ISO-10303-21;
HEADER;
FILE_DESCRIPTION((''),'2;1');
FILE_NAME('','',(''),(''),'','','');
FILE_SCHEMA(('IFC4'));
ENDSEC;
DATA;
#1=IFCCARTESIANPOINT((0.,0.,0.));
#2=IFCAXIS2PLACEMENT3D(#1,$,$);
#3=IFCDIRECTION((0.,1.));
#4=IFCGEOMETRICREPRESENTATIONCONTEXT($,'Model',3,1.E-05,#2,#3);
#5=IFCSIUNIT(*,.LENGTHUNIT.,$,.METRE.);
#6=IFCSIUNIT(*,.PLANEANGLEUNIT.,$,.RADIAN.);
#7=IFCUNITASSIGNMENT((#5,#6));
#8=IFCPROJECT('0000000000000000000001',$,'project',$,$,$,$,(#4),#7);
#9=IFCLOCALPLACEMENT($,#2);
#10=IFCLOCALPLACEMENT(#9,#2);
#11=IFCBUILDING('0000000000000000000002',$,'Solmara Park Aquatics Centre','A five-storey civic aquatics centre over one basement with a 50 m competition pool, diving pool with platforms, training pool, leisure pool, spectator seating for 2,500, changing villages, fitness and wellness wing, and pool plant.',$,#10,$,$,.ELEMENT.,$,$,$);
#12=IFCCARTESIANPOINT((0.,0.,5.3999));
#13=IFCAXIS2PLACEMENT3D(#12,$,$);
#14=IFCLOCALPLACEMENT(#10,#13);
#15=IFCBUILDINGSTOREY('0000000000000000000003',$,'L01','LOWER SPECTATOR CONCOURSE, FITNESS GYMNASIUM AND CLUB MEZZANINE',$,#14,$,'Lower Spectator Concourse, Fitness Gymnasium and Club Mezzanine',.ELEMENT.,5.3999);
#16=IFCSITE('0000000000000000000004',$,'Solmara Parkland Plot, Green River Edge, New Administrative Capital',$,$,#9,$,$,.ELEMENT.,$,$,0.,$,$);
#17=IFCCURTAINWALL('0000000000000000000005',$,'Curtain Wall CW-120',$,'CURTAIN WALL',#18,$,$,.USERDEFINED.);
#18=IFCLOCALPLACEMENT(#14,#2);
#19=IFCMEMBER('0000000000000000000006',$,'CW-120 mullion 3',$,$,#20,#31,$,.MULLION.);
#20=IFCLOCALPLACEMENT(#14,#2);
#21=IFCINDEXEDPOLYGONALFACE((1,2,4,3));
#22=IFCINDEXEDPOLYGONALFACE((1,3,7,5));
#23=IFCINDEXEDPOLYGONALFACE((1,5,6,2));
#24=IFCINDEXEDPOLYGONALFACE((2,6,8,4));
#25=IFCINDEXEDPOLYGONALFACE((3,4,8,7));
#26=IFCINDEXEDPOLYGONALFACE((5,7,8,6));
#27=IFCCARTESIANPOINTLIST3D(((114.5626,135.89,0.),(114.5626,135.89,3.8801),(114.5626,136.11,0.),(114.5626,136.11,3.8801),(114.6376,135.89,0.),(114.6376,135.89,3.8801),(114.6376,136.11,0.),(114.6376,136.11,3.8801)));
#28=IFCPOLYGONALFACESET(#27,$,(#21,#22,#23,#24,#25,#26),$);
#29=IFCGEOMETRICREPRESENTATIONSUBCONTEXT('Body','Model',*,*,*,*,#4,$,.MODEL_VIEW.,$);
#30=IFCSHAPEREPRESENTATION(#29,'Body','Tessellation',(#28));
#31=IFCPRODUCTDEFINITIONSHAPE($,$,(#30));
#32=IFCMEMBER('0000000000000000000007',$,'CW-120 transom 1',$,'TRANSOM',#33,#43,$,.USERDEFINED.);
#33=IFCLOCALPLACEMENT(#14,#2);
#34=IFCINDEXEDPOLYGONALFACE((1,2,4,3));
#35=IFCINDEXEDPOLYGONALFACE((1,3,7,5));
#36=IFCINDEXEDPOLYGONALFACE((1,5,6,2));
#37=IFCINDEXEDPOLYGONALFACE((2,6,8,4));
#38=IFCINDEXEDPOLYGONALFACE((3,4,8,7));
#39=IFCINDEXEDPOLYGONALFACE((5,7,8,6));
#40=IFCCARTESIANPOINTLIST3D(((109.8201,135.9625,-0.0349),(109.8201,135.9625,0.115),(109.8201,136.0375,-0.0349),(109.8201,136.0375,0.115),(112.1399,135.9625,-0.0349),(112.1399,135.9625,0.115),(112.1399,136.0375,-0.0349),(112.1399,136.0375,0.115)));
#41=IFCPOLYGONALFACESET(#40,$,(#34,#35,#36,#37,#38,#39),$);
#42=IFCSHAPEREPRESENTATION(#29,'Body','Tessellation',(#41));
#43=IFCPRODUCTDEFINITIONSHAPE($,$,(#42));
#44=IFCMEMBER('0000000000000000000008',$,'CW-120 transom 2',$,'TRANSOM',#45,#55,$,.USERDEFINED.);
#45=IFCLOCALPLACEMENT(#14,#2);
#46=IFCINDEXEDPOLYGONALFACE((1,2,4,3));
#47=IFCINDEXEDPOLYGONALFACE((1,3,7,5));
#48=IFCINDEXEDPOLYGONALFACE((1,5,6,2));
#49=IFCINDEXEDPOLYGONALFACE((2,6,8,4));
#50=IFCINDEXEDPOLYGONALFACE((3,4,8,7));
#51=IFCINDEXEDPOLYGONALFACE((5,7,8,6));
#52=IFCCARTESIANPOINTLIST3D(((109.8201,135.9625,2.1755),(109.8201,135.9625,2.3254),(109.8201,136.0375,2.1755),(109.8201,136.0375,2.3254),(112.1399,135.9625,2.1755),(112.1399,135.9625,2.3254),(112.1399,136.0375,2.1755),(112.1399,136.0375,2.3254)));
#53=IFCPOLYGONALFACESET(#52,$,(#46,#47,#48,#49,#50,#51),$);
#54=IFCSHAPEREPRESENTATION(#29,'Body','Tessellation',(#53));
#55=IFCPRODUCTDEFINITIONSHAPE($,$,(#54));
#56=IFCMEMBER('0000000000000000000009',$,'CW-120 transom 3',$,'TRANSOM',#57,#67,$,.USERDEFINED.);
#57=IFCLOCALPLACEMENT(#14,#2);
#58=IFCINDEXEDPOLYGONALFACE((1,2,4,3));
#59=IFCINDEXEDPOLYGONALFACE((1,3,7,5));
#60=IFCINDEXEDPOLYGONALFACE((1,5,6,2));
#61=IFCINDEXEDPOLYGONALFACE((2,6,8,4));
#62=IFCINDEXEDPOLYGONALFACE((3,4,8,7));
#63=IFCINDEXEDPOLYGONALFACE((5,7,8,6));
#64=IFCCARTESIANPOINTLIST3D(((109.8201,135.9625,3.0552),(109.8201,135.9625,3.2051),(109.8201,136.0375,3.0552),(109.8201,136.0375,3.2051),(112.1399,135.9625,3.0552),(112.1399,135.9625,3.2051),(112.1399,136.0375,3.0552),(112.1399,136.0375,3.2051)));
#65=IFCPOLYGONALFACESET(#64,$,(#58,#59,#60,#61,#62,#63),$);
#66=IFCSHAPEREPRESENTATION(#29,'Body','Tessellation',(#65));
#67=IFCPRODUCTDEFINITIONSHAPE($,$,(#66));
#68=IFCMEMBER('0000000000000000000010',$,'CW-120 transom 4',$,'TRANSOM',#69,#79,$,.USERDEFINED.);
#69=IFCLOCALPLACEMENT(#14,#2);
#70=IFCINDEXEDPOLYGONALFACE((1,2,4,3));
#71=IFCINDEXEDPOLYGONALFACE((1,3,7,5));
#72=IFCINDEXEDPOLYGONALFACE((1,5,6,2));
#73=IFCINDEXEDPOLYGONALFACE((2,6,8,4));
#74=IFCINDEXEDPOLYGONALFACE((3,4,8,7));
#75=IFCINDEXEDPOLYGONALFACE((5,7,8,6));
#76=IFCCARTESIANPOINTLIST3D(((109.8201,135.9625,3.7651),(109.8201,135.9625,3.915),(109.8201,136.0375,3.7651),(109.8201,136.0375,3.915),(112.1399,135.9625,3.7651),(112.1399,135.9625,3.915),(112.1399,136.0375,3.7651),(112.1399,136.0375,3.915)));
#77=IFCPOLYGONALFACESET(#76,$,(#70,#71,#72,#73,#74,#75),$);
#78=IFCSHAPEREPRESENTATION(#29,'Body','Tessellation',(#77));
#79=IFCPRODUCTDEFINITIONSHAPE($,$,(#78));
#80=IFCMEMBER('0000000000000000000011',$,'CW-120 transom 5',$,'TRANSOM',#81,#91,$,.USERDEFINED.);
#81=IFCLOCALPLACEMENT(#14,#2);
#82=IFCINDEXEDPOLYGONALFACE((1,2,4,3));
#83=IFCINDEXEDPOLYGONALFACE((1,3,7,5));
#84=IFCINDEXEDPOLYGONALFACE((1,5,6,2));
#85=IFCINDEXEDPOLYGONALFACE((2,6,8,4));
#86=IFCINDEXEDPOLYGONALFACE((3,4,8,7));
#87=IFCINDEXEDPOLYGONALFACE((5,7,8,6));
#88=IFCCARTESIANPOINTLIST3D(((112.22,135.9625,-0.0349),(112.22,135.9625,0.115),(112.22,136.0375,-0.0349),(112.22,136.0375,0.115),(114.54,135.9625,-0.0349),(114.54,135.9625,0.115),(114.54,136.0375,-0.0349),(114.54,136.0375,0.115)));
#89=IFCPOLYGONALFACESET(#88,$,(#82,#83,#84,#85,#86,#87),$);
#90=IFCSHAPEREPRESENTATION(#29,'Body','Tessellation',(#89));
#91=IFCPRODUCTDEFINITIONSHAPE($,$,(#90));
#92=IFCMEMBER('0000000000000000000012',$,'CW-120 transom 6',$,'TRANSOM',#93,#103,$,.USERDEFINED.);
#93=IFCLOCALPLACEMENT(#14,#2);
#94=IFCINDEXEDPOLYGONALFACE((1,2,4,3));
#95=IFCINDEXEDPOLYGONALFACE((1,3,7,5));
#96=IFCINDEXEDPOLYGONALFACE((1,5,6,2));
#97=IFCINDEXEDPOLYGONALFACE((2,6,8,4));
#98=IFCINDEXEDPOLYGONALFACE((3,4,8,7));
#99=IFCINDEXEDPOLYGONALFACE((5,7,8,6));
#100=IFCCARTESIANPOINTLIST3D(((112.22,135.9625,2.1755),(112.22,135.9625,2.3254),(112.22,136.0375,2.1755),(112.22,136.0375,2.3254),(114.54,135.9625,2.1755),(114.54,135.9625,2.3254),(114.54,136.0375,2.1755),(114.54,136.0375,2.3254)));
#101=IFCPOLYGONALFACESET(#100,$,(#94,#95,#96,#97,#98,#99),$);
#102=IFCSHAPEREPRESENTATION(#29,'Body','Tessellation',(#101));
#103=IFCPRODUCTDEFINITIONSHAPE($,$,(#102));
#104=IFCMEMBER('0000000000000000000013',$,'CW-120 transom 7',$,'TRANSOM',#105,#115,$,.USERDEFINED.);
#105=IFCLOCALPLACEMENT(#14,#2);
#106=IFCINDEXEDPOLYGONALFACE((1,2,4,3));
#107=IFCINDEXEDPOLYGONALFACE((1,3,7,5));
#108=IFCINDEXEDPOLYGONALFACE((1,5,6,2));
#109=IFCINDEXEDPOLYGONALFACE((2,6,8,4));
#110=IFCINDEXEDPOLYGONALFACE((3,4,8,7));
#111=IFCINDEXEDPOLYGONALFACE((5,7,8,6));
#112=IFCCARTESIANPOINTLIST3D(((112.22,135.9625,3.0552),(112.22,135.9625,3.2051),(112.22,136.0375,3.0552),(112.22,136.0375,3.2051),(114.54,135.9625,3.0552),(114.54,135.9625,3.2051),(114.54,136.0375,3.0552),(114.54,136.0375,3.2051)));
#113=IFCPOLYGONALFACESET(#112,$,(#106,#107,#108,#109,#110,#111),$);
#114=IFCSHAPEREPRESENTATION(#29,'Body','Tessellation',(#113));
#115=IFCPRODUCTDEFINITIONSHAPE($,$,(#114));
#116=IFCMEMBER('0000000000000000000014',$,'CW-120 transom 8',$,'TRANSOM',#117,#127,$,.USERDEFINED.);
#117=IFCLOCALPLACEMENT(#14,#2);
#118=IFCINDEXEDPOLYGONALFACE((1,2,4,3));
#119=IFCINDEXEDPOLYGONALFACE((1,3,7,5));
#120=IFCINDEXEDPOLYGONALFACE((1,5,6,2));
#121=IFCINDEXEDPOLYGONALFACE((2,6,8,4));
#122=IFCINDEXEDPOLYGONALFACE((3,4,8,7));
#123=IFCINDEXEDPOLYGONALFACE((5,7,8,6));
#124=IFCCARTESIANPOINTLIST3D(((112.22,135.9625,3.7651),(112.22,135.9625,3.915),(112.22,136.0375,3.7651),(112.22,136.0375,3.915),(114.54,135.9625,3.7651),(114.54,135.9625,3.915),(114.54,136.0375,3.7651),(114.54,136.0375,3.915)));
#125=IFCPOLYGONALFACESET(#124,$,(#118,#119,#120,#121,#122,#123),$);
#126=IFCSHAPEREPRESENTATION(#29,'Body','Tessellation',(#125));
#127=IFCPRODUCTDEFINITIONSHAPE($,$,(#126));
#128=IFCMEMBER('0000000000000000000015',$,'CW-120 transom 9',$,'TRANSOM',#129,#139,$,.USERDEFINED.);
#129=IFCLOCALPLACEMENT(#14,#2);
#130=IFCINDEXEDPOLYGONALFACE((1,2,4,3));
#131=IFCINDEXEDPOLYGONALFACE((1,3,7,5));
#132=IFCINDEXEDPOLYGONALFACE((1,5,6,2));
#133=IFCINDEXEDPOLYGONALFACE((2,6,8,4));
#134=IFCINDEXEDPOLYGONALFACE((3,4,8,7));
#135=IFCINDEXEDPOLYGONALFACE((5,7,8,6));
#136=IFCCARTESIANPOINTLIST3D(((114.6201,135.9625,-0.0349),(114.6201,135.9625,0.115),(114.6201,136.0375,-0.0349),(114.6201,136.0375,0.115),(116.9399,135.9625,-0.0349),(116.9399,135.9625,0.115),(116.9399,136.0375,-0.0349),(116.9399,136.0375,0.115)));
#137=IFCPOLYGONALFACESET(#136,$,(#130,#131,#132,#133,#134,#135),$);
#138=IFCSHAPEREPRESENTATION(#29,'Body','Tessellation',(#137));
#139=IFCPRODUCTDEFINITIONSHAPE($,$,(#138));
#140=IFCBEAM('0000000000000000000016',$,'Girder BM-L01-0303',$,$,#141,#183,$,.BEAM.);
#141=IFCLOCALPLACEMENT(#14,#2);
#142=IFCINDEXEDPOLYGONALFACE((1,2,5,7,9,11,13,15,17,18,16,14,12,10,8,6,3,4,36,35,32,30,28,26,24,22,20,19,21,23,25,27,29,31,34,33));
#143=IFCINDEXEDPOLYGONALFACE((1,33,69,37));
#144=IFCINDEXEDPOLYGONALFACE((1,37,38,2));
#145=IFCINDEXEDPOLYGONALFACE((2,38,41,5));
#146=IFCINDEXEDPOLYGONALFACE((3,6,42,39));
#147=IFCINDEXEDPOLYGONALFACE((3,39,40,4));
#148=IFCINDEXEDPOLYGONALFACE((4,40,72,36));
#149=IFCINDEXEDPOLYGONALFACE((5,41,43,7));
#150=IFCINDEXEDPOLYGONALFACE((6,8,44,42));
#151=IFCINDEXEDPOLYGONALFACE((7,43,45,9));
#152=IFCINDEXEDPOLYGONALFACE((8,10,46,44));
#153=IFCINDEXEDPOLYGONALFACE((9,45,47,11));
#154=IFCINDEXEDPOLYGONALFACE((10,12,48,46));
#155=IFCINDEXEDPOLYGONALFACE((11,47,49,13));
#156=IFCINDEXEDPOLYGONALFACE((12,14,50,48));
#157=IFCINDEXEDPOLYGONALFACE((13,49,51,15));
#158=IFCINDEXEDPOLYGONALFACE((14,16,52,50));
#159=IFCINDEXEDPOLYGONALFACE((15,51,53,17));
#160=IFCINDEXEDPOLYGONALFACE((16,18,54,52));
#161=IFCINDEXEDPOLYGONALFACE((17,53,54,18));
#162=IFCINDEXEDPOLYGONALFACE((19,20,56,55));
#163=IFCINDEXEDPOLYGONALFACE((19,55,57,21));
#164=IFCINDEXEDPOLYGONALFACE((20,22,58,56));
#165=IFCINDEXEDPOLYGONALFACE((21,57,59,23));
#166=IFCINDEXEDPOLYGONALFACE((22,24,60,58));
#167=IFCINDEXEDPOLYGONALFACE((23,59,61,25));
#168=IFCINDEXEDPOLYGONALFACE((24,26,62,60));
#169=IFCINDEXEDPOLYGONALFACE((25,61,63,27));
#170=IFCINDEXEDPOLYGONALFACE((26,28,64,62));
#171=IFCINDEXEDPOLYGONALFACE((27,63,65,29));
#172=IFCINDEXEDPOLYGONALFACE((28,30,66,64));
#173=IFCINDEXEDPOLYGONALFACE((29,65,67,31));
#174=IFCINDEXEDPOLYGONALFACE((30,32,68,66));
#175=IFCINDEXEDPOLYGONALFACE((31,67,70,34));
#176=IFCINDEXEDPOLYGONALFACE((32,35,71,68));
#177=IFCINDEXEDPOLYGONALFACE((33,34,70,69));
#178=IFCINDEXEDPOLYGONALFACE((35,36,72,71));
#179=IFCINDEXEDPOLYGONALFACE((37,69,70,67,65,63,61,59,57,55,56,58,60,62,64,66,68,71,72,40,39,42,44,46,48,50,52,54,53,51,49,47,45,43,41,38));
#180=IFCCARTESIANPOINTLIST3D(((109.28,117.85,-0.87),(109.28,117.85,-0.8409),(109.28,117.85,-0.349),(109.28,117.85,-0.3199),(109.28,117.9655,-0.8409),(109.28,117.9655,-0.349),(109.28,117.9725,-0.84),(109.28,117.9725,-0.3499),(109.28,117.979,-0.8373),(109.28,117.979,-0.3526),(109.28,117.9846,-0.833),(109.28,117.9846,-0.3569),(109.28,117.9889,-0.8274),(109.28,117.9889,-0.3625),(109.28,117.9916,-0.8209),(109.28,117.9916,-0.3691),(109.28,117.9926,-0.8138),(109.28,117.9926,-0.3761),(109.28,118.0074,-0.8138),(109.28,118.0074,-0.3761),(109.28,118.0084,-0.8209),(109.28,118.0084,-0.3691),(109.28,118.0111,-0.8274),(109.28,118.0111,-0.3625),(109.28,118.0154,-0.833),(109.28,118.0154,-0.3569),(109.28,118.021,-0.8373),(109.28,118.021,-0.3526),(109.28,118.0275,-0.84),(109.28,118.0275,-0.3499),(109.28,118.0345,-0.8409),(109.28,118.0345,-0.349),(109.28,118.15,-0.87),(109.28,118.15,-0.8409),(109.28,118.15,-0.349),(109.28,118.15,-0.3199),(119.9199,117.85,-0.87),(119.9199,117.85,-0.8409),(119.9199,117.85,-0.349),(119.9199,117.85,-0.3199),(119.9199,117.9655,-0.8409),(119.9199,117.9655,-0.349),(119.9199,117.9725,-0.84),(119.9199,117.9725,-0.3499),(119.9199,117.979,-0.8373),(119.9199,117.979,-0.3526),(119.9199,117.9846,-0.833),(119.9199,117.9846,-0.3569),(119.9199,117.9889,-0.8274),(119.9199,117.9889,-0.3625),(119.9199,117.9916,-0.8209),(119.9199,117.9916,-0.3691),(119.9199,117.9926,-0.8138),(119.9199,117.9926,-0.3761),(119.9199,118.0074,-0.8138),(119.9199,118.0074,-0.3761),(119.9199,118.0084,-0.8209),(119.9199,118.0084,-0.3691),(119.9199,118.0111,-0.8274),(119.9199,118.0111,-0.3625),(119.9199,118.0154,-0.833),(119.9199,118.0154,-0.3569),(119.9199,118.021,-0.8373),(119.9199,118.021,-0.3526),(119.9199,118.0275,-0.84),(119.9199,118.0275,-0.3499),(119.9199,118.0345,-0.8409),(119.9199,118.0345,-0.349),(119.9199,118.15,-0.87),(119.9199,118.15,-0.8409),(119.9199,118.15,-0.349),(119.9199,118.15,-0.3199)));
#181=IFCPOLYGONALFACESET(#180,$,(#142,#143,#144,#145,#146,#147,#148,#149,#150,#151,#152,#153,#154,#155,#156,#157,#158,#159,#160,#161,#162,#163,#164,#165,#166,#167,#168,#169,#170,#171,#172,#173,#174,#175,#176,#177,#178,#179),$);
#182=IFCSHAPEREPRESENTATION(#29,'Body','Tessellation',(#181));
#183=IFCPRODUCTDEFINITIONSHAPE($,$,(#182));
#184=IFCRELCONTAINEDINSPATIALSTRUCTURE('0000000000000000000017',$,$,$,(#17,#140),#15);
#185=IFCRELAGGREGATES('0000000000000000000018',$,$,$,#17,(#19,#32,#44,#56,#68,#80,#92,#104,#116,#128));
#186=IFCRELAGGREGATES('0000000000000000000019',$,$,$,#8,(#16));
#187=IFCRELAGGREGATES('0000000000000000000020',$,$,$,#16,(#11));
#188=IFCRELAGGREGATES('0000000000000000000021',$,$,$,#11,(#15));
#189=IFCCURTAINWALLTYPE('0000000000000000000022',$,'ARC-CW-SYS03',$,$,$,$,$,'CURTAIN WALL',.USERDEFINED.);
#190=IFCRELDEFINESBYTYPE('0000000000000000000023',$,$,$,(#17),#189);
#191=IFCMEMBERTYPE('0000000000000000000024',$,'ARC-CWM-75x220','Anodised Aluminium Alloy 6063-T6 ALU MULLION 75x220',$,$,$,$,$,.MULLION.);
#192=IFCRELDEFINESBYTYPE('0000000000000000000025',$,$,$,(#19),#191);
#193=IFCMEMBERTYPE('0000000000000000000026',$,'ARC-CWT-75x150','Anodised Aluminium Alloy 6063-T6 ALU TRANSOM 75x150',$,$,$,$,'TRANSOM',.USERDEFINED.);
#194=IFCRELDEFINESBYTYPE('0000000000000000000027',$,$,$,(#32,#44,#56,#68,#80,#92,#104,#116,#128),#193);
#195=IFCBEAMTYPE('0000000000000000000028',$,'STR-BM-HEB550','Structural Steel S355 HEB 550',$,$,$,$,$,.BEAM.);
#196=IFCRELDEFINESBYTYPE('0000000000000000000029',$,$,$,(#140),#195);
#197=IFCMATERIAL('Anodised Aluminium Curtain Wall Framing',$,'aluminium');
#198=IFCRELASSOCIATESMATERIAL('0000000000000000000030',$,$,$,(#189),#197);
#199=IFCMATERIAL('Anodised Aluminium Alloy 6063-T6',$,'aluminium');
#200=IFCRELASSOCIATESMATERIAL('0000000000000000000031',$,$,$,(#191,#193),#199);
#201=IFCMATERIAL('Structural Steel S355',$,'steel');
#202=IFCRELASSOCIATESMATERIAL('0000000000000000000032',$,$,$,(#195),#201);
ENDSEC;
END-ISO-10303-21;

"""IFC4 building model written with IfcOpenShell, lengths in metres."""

from ifc_helpers import new_model, si_unit, direction, frame, origin, origin_2d, place, context, subcontext, project, spatial, rectangle, i_section, extrude, material, material_profile, profile_set, type_object, element, aggregate, save


model = new_model("IFC4")

# Units and contexts
model_context = context("Model", 3, precision=1e-05, world=origin(), true_north=direction((0.0, 1.0)))
body_context = subcontext(model_context, "Body", "Model", "MODEL_VIEW")
ifc_project = project(units=[si_unit("LENGTHUNIT", "METRE"), si_unit("PLANEANGLEUNIT", "RADIAN")], contexts=[model_context])

# Site, building, storey
site_placement = place(None, origin())
site = spatial("IfcSite", under=ifc_project, at=site_placement, Name="Solmara Parkland Plot, Green River Edge, New Administrative Capital", CompositionType="ELEMENT", RefElevation=0.0)
building_placement = place(site_placement, origin())
building = spatial("IfcBuilding", under=site, at=building_placement, Name="Solmara Park Aquatics Centre", Description="A five-storey civic aquatics centre over one basement with a 50 m competition pool, diving pool with platforms, training pool, leisure pool, spectator seating for 2,500, changing villages, fitness and wellness wing, and pool plant.", CompositionType="ELEMENT")
storey_placement = place(building_placement, frame((0.0, 0.0, 5.3999)))
storey = spatial("IfcBuildingStorey", under=building, at=storey_placement, Name="L01", Description="LOWER SPECTATOR CONCOURSE, FITNESS GYMNASIUM AND CLUB MEZZANINE", LongName="Lower Spectator Concourse, Fitness Gymnasium and Club Mezzanine", CompositionType="ELEMENT", Elevation=5.3999)

# Shared definitions
ifc_material_1 = material(Name="Structural Steel S355", Category="steel")

# Curtain wall, members
ifc_material_2 = material(Name="Anodised Aluminium Curtain Wall Framing", Category="aluminium")
curtain_wall_type = type_object("IfcCurtainWallType", Name="ARC-CW-SYS03", ElementType="CURTAIN WALL", PredefinedType="USERDEFINED", material=ifc_material_2)
curtain_wall_placement = place(storey_placement, origin())
curtain_wall = element("IfcCurtainWall", 1, at=curtain_wall_placement, inside=storey, type_object=curtain_wall_type, Name="Curtain Wall CW-120", ObjectType="CURTAIN WALL", PredefinedType="USERDEFINED")
ifc_material_3 = material(Name="Anodised Aluminium Alloy 6063-T6", Category="aluminium")
ifc_material_profile_1 = material_profile(ifc_material_3, rectangle(XDim=0.075, YDim=0.22, at=origin_2d()), Name="ALU MULLION 75x220")
ifc_profile_set_1 = profile_set([ifc_material_profile_1], Name="Anodised Aluminium Alloy 6063-T6")
member_type_1 = type_object("IfcMemberType", Name="ARC-CWM-75x220", Description="Anodised Aluminium Alloy 6063-T6 ALU MULLION 75x220", PredefinedType="MULLION", material=ifc_profile_set_1)
member_1_placement = place(storey_placement, frame((114.6001, 136.0, 0.0), z_axis=(0.0, 0.0, 1.0), x_axis=(1.0, 0.0, 0.0)))
member_1 = element("IfcMember", 2, at=member_1_placement, type_object=member_type_1, Name="CW-120 mullion 3", PredefinedType="MULLION", context=body_context, shape_type="SweptSolid", body=[
    extrude(rectangle(XDim=0.075, YDim=0.22, at=origin_2d()), origin(), (0.0, 0.0, 1.0), 3.8801),
])
ifc_material_profile_2 = material_profile(ifc_material_3, rectangle(XDim=0.075, YDim=0.1499, at=origin_2d()), Name="ALU TRANSOM 75x150")
ifc_profile_set_2 = profile_set([ifc_material_profile_2], Name="Anodised Aluminium Alloy 6063-T6")
member_type_2 = type_object("IfcMemberType", Name="ARC-CWT-75x150", Description="Anodised Aluminium Alloy 6063-T6 ALU TRANSOM 75x150", ElementType="TRANSOM", PredefinedType="USERDEFINED", material=ifc_profile_set_2)
member_2_placement = place(storey_placement, frame((109.8201, 136.0, 0.04), z_axis=(1.0, 0.0, 0.0), x_axis=(0.0, 1.0, 0.0)))
member_2 = element("IfcMember", 3, at=member_2_placement, type_object=member_type_2, Name="CW-120 transom 1", ObjectType="TRANSOM", PredefinedType="USERDEFINED", context=body_context, shape_type="SweptSolid", body=[
    extrude(rectangle(XDim=0.075, YDim=0.1499, at=origin_2d()), origin(), (0.0, 0.0, 1.0), 2.3198),
])
member_3_placement = place(storey_placement, frame((109.8201, 136.0, 2.2505), z_axis=(1.0, 0.0, 0.0), x_axis=(0.0, 1.0, 0.0)))
member_3 = element("IfcMember", 4, at=member_3_placement, type_object=member_type_2, Name="CW-120 transom 2", ObjectType="TRANSOM", PredefinedType="USERDEFINED", context=body_context, shape_type="SweptSolid", body=[
    extrude(rectangle(XDim=0.075, YDim=0.1499, at=origin_2d()), origin(), (0.0, 0.0, 1.0), 2.3198),
])
member_4_placement = place(storey_placement, frame((109.8201, 136.0, 3.1301), z_axis=(1.0, 0.0, 0.0), x_axis=(0.0, 1.0, 0.0)))
member_4 = element("IfcMember", 5, at=member_4_placement, type_object=member_type_2, Name="CW-120 transom 3", ObjectType="TRANSOM", PredefinedType="USERDEFINED", context=body_context, shape_type="SweptSolid", body=[
    extrude(rectangle(XDim=0.075, YDim=0.1499, at=origin_2d()), origin(), (0.0, 0.0, 1.0), 2.3198),
])
member_5_placement = place(storey_placement, frame((109.8201, 136.0, 3.8401), z_axis=(1.0, 0.0, 0.0), x_axis=(0.0, 1.0, 0.0)))
member_5 = element("IfcMember", 6, at=member_5_placement, type_object=member_type_2, Name="CW-120 transom 4", ObjectType="TRANSOM", PredefinedType="USERDEFINED", context=body_context, shape_type="SweptSolid", body=[
    extrude(rectangle(XDim=0.075, YDim=0.1499, at=origin_2d()), origin(), (0.0, 0.0, 1.0), 2.3198),
])
member_6_placement = place(storey_placement, frame((112.22, 136.0, 0.04), z_axis=(1.0, 0.0, 0.0), x_axis=(0.0, 1.0, 0.0)))
member_6 = element("IfcMember", 7, at=member_6_placement, type_object=member_type_2, Name="CW-120 transom 5", ObjectType="TRANSOM", PredefinedType="USERDEFINED", context=body_context, shape_type="SweptSolid", body=[
    extrude(rectangle(XDim=0.075, YDim=0.1499, at=origin_2d()), origin(), (0.0, 0.0, 1.0), 2.3201),
])
member_7_placement = place(storey_placement, frame((112.22, 136.0, 2.2505), z_axis=(1.0, 0.0, 0.0), x_axis=(0.0, 1.0, 0.0)))
member_7 = element("IfcMember", 8, at=member_7_placement, type_object=member_type_2, Name="CW-120 transom 6", ObjectType="TRANSOM", PredefinedType="USERDEFINED", context=body_context, shape_type="SweptSolid", body=[
    extrude(rectangle(XDim=0.075, YDim=0.1499, at=origin_2d()), origin(), (0.0, 0.0, 1.0), 2.3201),
])
member_8_placement = place(storey_placement, frame((112.22, 136.0, 3.1301), z_axis=(1.0, 0.0, 0.0), x_axis=(0.0, 1.0, 0.0)))
member_8 = element("IfcMember", 9, at=member_8_placement, type_object=member_type_2, Name="CW-120 transom 7", ObjectType="TRANSOM", PredefinedType="USERDEFINED", context=body_context, shape_type="SweptSolid", body=[
    extrude(rectangle(XDim=0.075, YDim=0.1499, at=origin_2d()), origin(), (0.0, 0.0, 1.0), 2.3201),
])
member_9_placement = place(storey_placement, frame((112.22, 136.0, 3.8401), z_axis=(1.0, 0.0, 0.0), x_axis=(0.0, 1.0, 0.0)))
member_9 = element("IfcMember", 10, at=member_9_placement, type_object=member_type_2, Name="CW-120 transom 8", ObjectType="TRANSOM", PredefinedType="USERDEFINED", context=body_context, shape_type="SweptSolid", body=[
    extrude(rectangle(XDim=0.075, YDim=0.1499, at=origin_2d()), origin(), (0.0, 0.0, 1.0), 2.3201),
])
member_10_placement = place(storey_placement, frame((114.6201, 136.0, 0.04), z_axis=(1.0, 0.0, 0.0), x_axis=(0.0, 1.0, 0.0)))
member_10 = element("IfcMember", 11, at=member_10_placement, type_object=member_type_2, Name="CW-120 transom 9", ObjectType="TRANSOM", PredefinedType="USERDEFINED", context=body_context, shape_type="SweptSolid", body=[
    extrude(rectangle(XDim=0.075, YDim=0.1499, at=origin_2d()), origin(), (0.0, 0.0, 1.0), 2.3198),
])

# Beam
ifc_material_profile_3 = material_profile(ifc_material_1, i_section(OverallWidth=0.3, OverallDepth=0.55, WebThickness=0.0149, FlangeThickness=0.0291, FilletRadius=0.0271, at=origin_2d()), Name="HEB 550")
ifc_profile_set_3 = profile_set([ifc_material_profile_3], Name="Structural Steel S355")
beam_type_1 = type_object("IfcBeamType", Name="STR-BM-HEB550", Description="Structural Steel S355 HEB 550", PredefinedType="BEAM", material=ifc_profile_set_3)
for number, where, z_axis, x_axis, name in (
    (12, (109.28, 118.0, -0.595), (1.0, 0.0, 0.0), (0.0, 1.0, 0.0), "Girder BM-L01-0303"),
):
    element("IfcBeam", number, at=place(storey_placement, frame(where, z_axis=z_axis, x_axis=x_axis)), inside=storey, type_object=beam_type_1, Name=name, PredefinedType="BEAM", context=body_context, shape_type="SweptSolid", body=[
        extrude(i_section(OverallWidth=0.3, OverallDepth=0.55, WebThickness=0.0149, FlangeThickness=0.0291, FilletRadius=0.0271, at=origin_2d()), origin(), (0.0, 0.0, 1.0), 10.6399),
    ])

aggregate(curtain_wall, [member_1, member_2, member_3, member_4, member_5, member_6, member_7, member_8, member_9, member_10])

save(model, "model.ifc")
